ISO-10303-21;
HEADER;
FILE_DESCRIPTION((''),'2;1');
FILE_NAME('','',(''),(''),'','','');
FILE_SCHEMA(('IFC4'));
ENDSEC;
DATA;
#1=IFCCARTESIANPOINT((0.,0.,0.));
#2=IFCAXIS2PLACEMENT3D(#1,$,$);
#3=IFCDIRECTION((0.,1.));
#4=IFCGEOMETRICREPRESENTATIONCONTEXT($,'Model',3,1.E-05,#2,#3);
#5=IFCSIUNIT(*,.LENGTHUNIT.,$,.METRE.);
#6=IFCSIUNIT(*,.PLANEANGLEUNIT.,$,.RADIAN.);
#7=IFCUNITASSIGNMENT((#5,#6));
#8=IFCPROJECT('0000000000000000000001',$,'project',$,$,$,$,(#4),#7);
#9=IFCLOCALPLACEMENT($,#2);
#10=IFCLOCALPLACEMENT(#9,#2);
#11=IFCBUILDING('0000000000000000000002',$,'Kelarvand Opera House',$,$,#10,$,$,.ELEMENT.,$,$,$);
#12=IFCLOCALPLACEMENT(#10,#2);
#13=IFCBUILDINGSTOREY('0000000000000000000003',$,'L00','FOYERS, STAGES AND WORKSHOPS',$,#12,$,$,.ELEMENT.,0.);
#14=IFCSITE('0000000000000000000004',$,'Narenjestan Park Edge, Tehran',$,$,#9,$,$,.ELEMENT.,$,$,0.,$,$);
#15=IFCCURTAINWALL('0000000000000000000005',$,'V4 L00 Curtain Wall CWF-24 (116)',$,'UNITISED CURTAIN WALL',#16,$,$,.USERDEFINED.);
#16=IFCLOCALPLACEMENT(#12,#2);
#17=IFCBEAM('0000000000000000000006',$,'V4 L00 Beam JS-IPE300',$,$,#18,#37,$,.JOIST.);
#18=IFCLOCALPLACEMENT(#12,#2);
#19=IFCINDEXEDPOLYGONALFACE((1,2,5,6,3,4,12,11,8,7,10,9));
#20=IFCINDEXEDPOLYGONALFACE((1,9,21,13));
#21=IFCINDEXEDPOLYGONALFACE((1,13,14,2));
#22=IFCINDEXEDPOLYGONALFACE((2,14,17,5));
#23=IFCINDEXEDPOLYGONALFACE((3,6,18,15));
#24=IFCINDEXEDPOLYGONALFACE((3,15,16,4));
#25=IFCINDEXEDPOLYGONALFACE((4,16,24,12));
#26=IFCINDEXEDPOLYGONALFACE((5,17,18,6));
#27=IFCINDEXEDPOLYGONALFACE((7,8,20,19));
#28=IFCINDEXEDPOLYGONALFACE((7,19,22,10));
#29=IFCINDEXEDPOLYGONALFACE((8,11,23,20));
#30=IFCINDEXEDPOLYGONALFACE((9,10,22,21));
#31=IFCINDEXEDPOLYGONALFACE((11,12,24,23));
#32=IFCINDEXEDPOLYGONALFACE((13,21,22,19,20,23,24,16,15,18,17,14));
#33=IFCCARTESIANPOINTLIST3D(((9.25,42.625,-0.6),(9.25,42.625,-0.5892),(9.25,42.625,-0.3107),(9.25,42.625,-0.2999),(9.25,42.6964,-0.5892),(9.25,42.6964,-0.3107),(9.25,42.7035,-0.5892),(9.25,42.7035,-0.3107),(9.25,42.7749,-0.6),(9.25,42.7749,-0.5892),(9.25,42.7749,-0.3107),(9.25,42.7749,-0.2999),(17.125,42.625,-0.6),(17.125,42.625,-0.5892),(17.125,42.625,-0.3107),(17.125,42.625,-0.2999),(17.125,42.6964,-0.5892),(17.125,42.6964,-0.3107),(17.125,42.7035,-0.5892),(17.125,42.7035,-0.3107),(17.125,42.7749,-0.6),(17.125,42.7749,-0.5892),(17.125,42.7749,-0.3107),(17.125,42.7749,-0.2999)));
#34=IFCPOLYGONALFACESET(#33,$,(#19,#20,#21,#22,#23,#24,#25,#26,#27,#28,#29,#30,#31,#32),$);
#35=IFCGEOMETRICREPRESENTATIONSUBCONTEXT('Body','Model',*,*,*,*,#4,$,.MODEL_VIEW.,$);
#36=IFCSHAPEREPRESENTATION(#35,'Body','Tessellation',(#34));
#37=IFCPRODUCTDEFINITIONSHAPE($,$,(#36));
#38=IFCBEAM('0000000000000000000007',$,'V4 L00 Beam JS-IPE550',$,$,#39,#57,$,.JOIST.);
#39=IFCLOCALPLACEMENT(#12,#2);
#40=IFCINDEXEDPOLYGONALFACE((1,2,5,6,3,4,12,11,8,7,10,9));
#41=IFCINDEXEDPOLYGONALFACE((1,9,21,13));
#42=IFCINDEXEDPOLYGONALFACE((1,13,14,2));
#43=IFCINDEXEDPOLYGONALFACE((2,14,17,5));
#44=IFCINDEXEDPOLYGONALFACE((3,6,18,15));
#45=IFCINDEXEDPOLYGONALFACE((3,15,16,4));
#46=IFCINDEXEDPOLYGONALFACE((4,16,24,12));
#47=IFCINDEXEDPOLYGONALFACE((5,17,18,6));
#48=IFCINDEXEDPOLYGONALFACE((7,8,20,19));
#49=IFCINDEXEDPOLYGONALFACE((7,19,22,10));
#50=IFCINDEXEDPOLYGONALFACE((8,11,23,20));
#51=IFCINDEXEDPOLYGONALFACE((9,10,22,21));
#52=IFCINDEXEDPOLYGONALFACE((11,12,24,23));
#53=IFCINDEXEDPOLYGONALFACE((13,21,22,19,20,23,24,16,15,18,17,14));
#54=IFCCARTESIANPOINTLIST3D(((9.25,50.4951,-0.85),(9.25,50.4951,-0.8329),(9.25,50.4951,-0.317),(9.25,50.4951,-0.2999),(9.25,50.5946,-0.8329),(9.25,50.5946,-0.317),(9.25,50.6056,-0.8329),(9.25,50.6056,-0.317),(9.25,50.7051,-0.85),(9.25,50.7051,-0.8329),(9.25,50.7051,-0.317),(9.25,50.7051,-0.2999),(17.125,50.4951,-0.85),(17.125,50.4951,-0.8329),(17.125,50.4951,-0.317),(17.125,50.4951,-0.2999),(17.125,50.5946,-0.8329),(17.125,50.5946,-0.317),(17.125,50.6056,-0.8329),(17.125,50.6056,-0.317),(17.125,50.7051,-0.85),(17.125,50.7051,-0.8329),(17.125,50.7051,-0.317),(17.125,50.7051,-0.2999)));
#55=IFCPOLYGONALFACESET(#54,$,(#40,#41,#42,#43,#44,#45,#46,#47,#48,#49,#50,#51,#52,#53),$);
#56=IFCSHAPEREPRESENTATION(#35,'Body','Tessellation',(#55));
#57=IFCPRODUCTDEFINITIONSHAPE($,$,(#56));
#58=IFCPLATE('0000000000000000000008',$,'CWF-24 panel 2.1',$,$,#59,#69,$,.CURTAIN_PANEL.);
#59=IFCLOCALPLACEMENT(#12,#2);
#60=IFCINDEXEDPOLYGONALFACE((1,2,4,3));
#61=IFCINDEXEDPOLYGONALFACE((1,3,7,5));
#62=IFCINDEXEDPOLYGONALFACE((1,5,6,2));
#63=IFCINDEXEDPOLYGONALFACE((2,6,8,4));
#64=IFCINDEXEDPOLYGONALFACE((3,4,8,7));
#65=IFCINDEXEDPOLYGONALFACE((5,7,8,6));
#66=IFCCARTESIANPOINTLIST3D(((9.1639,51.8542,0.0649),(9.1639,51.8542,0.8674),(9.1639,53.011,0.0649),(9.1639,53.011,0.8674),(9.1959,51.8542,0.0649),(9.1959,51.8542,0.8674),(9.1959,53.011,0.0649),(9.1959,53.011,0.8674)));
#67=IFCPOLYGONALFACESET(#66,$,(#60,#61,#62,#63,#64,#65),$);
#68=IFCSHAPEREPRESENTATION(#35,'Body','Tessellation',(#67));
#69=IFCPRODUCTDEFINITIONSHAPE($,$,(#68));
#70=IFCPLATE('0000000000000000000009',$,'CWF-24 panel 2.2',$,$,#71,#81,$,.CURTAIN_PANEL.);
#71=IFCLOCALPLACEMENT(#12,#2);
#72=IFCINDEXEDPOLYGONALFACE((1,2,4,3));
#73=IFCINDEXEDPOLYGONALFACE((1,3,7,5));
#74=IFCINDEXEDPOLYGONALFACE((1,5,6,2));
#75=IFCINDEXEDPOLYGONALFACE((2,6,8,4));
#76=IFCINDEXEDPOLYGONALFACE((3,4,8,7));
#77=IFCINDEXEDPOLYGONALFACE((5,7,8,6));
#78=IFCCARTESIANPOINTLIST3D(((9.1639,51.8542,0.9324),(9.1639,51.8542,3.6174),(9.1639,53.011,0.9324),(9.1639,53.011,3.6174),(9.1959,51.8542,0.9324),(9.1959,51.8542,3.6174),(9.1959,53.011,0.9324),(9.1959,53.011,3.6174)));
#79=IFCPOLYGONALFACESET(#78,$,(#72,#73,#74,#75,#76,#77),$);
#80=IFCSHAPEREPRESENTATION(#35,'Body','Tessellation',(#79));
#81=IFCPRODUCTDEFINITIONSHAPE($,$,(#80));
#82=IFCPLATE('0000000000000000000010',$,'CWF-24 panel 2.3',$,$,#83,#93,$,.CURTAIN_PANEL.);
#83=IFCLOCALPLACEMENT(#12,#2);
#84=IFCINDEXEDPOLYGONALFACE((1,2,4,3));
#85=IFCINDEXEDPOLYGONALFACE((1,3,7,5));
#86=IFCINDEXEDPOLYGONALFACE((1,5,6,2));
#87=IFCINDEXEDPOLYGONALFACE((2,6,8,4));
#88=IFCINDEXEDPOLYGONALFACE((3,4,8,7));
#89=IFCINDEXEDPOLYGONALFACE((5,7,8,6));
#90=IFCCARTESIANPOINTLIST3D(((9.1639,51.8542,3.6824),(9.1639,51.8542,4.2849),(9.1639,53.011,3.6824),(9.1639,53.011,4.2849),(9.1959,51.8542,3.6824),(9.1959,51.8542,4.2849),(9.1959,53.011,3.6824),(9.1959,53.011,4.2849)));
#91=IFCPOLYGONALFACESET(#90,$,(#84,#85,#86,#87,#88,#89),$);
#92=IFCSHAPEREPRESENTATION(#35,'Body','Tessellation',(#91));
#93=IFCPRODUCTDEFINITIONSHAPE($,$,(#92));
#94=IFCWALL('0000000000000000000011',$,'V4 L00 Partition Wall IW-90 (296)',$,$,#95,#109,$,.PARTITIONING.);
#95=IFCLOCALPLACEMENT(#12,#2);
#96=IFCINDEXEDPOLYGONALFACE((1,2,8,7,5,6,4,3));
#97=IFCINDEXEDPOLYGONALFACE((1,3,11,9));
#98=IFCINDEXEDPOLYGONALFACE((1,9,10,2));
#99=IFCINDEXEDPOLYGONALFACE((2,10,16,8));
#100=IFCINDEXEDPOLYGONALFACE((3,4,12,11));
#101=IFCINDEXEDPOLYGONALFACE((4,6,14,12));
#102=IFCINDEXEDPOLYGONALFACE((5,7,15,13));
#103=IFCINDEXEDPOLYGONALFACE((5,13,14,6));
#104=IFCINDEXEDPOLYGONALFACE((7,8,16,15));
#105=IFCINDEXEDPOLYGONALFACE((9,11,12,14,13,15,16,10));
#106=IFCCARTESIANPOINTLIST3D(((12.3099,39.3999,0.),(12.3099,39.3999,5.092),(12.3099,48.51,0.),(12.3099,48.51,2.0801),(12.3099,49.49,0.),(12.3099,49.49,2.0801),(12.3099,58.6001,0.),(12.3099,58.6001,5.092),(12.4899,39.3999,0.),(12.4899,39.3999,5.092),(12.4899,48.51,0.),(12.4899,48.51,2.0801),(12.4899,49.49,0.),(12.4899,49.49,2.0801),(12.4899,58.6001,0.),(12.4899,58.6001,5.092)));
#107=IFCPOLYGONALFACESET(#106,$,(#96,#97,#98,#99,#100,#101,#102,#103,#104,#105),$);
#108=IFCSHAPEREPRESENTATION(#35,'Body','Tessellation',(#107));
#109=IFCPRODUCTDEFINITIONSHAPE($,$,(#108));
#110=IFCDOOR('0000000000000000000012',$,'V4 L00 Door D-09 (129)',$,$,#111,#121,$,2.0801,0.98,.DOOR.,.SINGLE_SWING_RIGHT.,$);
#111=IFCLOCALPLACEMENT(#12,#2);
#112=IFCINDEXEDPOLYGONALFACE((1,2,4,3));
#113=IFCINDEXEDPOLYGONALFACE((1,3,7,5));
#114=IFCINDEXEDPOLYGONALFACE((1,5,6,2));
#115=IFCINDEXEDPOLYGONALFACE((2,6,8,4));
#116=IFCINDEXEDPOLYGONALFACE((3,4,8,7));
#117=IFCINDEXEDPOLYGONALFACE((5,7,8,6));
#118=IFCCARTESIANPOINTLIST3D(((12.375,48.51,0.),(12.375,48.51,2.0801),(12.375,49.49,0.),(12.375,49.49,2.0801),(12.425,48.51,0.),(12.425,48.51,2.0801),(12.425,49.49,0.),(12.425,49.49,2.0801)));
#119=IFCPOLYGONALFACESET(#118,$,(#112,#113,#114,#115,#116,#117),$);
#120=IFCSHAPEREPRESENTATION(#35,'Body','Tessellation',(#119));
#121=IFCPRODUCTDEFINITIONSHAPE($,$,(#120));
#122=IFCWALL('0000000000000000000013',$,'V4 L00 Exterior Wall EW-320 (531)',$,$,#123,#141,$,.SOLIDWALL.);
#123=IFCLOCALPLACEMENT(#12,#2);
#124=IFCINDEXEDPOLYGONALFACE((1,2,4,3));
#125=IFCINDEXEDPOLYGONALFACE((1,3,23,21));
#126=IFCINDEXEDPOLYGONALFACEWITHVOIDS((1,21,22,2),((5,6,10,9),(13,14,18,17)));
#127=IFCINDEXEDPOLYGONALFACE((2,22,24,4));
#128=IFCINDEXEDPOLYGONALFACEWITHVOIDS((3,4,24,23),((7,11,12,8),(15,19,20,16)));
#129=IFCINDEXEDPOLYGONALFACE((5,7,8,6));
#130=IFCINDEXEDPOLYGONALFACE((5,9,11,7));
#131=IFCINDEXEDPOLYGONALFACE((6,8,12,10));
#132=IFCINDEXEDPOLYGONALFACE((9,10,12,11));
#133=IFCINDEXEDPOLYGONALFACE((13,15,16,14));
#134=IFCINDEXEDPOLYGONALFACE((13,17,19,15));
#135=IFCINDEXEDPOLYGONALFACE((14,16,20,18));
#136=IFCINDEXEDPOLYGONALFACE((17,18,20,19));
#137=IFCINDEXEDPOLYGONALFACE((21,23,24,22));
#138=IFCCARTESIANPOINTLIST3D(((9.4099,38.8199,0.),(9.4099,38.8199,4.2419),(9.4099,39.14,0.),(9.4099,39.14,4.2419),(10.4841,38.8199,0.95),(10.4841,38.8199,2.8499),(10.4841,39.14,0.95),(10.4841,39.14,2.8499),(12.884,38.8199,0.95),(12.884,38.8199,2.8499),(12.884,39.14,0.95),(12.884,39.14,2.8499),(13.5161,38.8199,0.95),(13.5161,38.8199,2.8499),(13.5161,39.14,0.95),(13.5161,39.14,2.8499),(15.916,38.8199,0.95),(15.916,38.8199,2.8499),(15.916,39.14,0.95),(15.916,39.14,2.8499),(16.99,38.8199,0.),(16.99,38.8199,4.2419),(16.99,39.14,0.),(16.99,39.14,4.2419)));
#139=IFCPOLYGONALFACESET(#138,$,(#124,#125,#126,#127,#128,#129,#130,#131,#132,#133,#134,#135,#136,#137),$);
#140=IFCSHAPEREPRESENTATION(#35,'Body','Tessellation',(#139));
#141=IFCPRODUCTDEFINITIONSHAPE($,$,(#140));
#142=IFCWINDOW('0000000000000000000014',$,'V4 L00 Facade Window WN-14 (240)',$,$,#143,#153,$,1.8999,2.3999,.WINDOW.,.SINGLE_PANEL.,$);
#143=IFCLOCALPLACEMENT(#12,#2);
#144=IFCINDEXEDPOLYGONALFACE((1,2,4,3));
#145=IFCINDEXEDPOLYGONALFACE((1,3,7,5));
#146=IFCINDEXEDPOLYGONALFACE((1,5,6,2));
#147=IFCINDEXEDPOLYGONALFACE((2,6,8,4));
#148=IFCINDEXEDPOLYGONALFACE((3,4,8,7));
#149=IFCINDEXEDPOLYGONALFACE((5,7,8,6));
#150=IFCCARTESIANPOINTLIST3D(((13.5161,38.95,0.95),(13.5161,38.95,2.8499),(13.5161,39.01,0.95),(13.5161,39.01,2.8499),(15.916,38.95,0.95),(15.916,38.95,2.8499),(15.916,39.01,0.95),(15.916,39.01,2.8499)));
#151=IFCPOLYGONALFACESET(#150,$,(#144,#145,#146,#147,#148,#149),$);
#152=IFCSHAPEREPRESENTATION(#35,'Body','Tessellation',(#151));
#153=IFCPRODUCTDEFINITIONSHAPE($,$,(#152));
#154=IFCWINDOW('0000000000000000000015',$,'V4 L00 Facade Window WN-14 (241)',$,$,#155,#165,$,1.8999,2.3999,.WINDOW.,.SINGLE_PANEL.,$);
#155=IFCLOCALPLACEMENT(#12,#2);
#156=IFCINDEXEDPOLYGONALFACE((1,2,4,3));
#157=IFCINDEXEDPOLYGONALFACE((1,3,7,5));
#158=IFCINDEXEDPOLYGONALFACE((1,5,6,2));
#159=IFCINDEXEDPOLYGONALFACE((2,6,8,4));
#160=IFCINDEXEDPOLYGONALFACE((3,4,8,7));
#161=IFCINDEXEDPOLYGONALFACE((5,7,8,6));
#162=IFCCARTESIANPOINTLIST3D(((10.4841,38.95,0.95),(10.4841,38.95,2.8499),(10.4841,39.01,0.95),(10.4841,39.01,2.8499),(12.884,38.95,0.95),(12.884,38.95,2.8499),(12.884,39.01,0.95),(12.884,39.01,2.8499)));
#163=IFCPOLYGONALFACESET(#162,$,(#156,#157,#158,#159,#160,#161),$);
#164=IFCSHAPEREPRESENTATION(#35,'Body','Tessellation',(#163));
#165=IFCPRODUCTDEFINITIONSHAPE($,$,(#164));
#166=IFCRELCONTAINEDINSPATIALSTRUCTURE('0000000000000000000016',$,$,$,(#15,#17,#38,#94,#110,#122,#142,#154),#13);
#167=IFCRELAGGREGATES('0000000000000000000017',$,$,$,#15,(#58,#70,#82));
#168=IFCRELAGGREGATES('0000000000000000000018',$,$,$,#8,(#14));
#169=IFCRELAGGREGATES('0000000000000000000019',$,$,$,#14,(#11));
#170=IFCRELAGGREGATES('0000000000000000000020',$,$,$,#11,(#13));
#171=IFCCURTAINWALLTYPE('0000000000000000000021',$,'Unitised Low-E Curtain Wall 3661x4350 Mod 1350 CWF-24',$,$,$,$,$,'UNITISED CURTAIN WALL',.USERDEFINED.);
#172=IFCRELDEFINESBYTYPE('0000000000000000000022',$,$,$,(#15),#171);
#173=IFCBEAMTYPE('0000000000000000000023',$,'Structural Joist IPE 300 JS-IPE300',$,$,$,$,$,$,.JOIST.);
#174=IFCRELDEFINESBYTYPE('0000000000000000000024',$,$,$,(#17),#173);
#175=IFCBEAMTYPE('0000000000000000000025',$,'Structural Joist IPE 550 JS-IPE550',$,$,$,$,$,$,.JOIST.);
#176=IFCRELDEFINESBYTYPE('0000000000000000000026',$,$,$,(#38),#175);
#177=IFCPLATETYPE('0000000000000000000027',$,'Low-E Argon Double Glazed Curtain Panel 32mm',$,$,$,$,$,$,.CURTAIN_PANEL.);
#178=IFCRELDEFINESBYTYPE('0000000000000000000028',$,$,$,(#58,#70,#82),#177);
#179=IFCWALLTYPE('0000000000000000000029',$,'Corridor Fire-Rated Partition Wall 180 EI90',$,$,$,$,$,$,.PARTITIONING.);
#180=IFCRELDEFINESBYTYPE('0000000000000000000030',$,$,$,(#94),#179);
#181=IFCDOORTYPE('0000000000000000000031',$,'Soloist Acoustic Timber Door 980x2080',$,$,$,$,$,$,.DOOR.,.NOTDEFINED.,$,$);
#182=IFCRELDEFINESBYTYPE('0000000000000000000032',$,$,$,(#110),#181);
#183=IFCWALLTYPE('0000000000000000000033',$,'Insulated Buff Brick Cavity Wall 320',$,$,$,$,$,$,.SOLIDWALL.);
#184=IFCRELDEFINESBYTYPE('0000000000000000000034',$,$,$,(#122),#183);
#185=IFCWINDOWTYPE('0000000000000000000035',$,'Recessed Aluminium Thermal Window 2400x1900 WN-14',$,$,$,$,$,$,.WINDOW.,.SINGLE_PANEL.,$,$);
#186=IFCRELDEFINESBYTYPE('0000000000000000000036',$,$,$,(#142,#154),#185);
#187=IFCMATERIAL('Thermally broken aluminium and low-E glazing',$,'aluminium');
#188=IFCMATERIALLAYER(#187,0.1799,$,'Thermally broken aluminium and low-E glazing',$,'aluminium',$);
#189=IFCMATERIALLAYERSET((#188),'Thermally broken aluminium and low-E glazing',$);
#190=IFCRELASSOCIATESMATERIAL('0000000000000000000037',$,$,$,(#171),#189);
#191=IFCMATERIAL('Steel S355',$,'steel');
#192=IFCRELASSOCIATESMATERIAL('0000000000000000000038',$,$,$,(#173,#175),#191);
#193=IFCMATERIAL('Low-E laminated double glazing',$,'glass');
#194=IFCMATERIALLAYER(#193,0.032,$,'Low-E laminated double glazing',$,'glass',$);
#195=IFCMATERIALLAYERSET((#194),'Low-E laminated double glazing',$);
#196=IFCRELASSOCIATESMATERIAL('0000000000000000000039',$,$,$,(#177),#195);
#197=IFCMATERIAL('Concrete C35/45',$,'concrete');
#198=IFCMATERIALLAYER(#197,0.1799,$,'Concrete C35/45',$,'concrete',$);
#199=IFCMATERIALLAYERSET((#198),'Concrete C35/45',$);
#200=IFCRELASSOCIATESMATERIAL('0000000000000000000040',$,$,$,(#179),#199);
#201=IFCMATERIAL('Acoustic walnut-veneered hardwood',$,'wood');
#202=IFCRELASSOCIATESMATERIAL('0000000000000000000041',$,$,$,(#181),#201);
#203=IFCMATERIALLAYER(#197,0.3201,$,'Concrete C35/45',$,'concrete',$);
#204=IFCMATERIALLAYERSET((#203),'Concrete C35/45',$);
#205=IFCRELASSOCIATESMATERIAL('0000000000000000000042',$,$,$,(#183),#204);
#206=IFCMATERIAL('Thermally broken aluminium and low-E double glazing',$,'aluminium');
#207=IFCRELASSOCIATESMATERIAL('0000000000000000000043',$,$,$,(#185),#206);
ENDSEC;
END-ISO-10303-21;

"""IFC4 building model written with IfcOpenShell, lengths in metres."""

from ifc_helpers import new_model, si_unit, direction, frame, frame_2d, origin, origin_2d, place, context, subcontext, project, spatial, rectangle, i_section, extrude, material, layer, layer_set, material_profile, profile_set, type_object, element, fill, aggregate, save


model = new_model("IFC4")

# Units and contexts
model_context = context("Model", 3, precision=1e-05, world=origin(), true_north=direction((0.0, 1.0)))
body_context = subcontext(model_context, "Body", "Model", "MODEL_VIEW")
ifc_project = project(units=[si_unit("LENGTHUNIT", "METRE"), si_unit("PLANEANGLEUNIT", "RADIAN")], contexts=[model_context])

# Site, building, storey
site_placement = place(None, origin())
site = spatial("IfcSite", under=ifc_project, at=site_placement, Name="Narenjestan Park Edge, Tehran", CompositionType="ELEMENT", RefElevation=0.0)
building_placement = place(site_placement, origin())
building = spatial("IfcBuilding", under=site, at=building_placement, Name="Kelarvand Opera House", CompositionType="ELEMENT")
storey_placement = place(building_placement, origin())
storey = spatial("IfcBuildingStorey", under=building, at=storey_placement, Name="L00", Description="FOYERS, STAGES AND WORKSHOPS", CompositionType="ELEMENT", Elevation=0.0)

# Curtain wall
ifc_material_1 = material(Name="Thermally broken aluminium and low-E glazing", Category="aluminium")
ifc_layer_1 = layer(ifc_material_1, 0.1799, Name="Thermally broken aluminium and low-E glazing", Category="aluminium")
ifc_layer_set_1 = layer_set([ifc_layer_1], Name="Thermally broken aluminium and low-E glazing")
curtain_wall_type = type_object("IfcCurtainWallType", Name="Unitised Low-E Curtain Wall 3661x4350 Mod 1350 CWF-24", ElementType="UNITISED CURTAIN WALL", PredefinedType="USERDEFINED", material=ifc_layer_set_1)
curtain_wall_placement = place(storey_placement, origin())
curtain_wall = element("IfcCurtainWall", 1, at=curtain_wall_placement, inside=storey, type_object=curtain_wall_type, Name="V4 L00 Curtain Wall CWF-24 (116)", ObjectType="UNITISED CURTAIN WALL", PredefinedType="USERDEFINED")

# Beams
ifc_material_2 = material(Name="Steel S355", Category="steel")
ifc_material_profile_1 = material_profile(ifc_material_2, i_section(OverallWidth=0.1499, OverallDepth=0.3, WebThickness=0.0071, FlangeThickness=0.0107, at=origin_2d()), Name="IPE 300", Category="steel")
ifc_profile_set_1 = profile_set([ifc_material_profile_1], Name="Steel S355")
beam_type_1 = type_object("IfcBeamType", Name="Structural Joist IPE 300 JS-IPE300", PredefinedType="JOIST", material=ifc_profile_set_1)
beam_1_placement = place(storey_placement, frame((9.25, 42.7, -0.45), z_axis=(1.0, 0.0, 0.0), x_axis=(0.0, 1.0, 0.0)))
element("IfcBeam", 2, at=beam_1_placement, inside=storey, type_object=beam_type_1, Name="V4 L00 Beam JS-IPE300", PredefinedType="JOIST", context=body_context, shape_type="SweptSolid", body=[
    extrude(i_section(OverallWidth=0.1499, OverallDepth=0.3, WebThickness=0.0071, FlangeThickness=0.0107, at=origin_2d()), origin(), (0.0, 0.0, 1.0), 7.875),
])
ifc_material_profile_2 = material_profile(ifc_material_2, i_section(OverallWidth=0.21, OverallDepth=0.55, WebThickness=0.011, FlangeThickness=0.0171, at=origin_2d()), Name="IPE 550", Category="steel")
ifc_profile_set_2 = profile_set([ifc_material_profile_2], Name="Steel S355")
beam_type_2 = type_object("IfcBeamType", Name="Structural Joist IPE 550 JS-IPE550", PredefinedType="JOIST", material=ifc_profile_set_2)
beam_2_placement = place(storey_placement, frame((9.25, 50.6001, -0.575), z_axis=(1.0, 0.0, 0.0), x_axis=(0.0, 1.0, 0.0)))
element("IfcBeam", 3, at=beam_2_placement, inside=storey, type_object=beam_type_2, Name="V4 L00 Beam JS-IPE550", PredefinedType="JOIST", context=body_context, shape_type="SweptSolid", body=[
    extrude(i_section(OverallWidth=0.21, OverallDepth=0.55, WebThickness=0.011, FlangeThickness=0.0171, at=origin_2d()), origin(), (0.0, 0.0, 1.0), 7.875),
])

# Plates
ifc_material_3 = material(Name="Low-E laminated double glazing", Category="glass")
ifc_layer_2 = layer(ifc_material_3, 0.032, Name="Low-E laminated double glazing", Category="glass")
ifc_layer_set_2 = layer_set([ifc_layer_2], Name="Low-E laminated double glazing")
plate_type = type_object("IfcPlateType", Name="Low-E Argon Double Glazed Curtain Panel 32mm", PredefinedType="CURTAIN_PANEL", material=ifc_layer_set_2)
plate_1_placement = place(storey_placement, frame((9.1799, 52.4326, 0.0649), z_axis=(0.0, 0.0, 1.0), x_axis=(0.0, 1.0, 0.0)))
plate_1 = element("IfcPlate", 4, at=plate_1_placement, type_object=plate_type, Name="CWF-24 panel 2.1", PredefinedType="CURTAIN_PANEL", context=body_context, shape_type="SweptSolid", body=[
    extrude(rectangle(XDim=1.1567, YDim=0.032, at=origin_2d()), origin(), (0.0, 0.0, 1.0), 0.8025),
])
plate_2_placement = place(storey_placement, frame((9.1799, 52.4326, 0.9324), z_axis=(0.0, 0.0, 1.0), x_axis=(0.0, 1.0, 0.0)))
plate_2 = element("IfcPlate", 5, at=plate_2_placement, type_object=plate_type, Name="CWF-24 panel 2.2", PredefinedType="CURTAIN_PANEL", context=body_context, shape_type="SweptSolid", body=[
    extrude(rectangle(XDim=1.1567, YDim=0.032, at=origin_2d()), origin(), (0.0, 0.0, 1.0), 2.6851),
])
plate_3_placement = place(storey_placement, frame((9.1799, 52.4326, 3.6824), z_axis=(0.0, 0.0, 1.0), x_axis=(0.0, 1.0, 0.0)))
plate_3 = element("IfcPlate", 6, at=plate_3_placement, type_object=plate_type, Name="CWF-24 panel 2.3", PredefinedType="CURTAIN_PANEL", context=body_context, shape_type="SweptSolid", body=[
    extrude(rectangle(XDim=1.1567, YDim=0.032, at=origin_2d()), origin(), (0.0, 0.0, 1.0), 0.6025),
])
aggregate(curtain_wall, [plate_1, plate_2, plate_3])

# Wall, opening, door
ifc_material_4 = material(Name="Concrete C35/45", Category="concrete")
ifc_layer_3 = layer(ifc_material_4, 0.1799, Name="Concrete C35/45", Category="concrete")
ifc_layer_set_3 = layer_set([ifc_layer_3], Name="Concrete C35/45")
wall_type_1 = type_object("IfcWallType", Name="Corridor Fire-Rated Partition Wall 180 EI90", PredefinedType="PARTITIONING", material=ifc_layer_set_3)
wall_1_placement = place(storey_placement, frame((12.3999, 39.3999, 0.0), z_axis=(0.0, 0.0, 1.0), x_axis=(0.0, 1.0, 0.0)))
wall_1 = element("IfcWall", 7, at=wall_1_placement, inside=storey, type_object=wall_type_1, Name="V4 L00 Partition Wall IW-90 (296)", PredefinedType="PARTITIONING", context=body_context, shape_type="SweptSolid", body=[
    extrude(rectangle(XDim=19.2002, YDim=0.1799, at=frame_2d((9.6001, 0.0))), origin(), (0.0, 0.0, 1.0), 5.092),
])
opening_1_placement = place(wall_1_placement, frame((9.1101, 0.0, 0.0)))
opening_1 = element("IfcOpeningElement", 8, at=opening_1_placement, cuts=wall_1, PredefinedType="OPENING", context=body_context, shape_type="SweptSolid", body=[
    extrude(rectangle(XDim=0.98, YDim=2.0801, at=frame_2d((0.49, 1.04))), frame((0.0, 0.1001, 0.0), z_axis=(0.0, -1.0, 0.0), x_axis=(1.0, 0.0, 0.0)), (0.0, 0.0, 1.0), 0.2),
])
ifc_material_5 = material(Name="Acoustic walnut-veneered hardwood", Category="wood")
door_type = type_object("IfcDoorType", Name="Soloist Acoustic Timber Door 980x2080", OperationType="NOTDEFINED", PredefinedType="DOOR", material=ifc_material_5)
door_placement = place(opening_1_placement, origin())
door = element("IfcDoor", 9, at=door_placement, inside=storey, type_object=door_type, Name="V4 L00 Door D-09 (129)", OperationType="SINGLE_SWING_RIGHT", OverallHeight=2.0801, OverallWidth=0.98, PredefinedType="DOOR", context=body_context, shape_type="SweptSolid", body=[
    extrude(rectangle(XDim=0.98, YDim=2.0801, at=frame_2d((0.49, 1.04))), frame((0.0, 0.0249, 0.0), z_axis=(0.0, -1.0, 0.0), x_axis=(1.0, 0.0, 0.0)), (0.0, 0.0, 1.0), 0.05),
])
fill(opening_1, door)

# Wall, openings, windows
ifc_layer_4 = layer(ifc_material_4, 0.3201, Name="Concrete C35/45", Category="concrete")
ifc_layer_set_4 = layer_set([ifc_layer_4], Name="Concrete C35/45")
wall_type_2 = type_object("IfcWallType", Name="Insulated Buff Brick Cavity Wall 320", PredefinedType="SOLIDWALL", material=ifc_layer_set_4)
wall_2_placement = place(storey_placement, frame((16.99, 38.98, 0.0), z_axis=(0.0, 0.0, 1.0), x_axis=(-1.0, 0.0, 0.0)))
wall_2 = element("IfcWall", 10, at=wall_2_placement, inside=storey, type_object=wall_type_2, Name="V4 L00 Exterior Wall EW-320 (531)", PredefinedType="SOLIDWALL", context=body_context, shape_type="SweptSolid", body=[
    extrude(rectangle(XDim=7.5801, YDim=0.3201, at=frame_2d((3.79, 0.0))), origin(), (0.0, 0.0, 1.0), 4.2419),
])
opening_2_placement = place(wall_2_placement, frame((1.074, 0.0, 0.95)))
opening_2 = element("IfcOpeningElement", 11, at=opening_2_placement, cuts=wall_2, PredefinedType="OPENING", context=body_context, shape_type="SweptSolid", body=[
    extrude(rectangle(XDim=2.3999, YDim=1.8999, at=frame_2d((1.2, 0.95))), frame((0.0, 0.1699, 0.0), z_axis=(0.0, -1.0, 0.0), x_axis=(1.0, 0.0, 0.0)), (0.0, 0.0, 1.0), 0.3401),
])
opening_3_placement = place(wall_2_placement, frame((4.106, 0.0, 0.95)))
opening_3 = element("IfcOpeningElement", 12, at=opening_3_placement, cuts=wall_2, PredefinedType="OPENING", context=body_context, shape_type="SweptSolid", body=[
    extrude(rectangle(XDim=2.3999, YDim=1.8999, at=frame_2d((1.2, 0.95))), frame((0.0, 0.1699, 0.0), z_axis=(0.0, -1.0, 0.0), x_axis=(1.0, 0.0, 0.0)), (0.0, 0.0, 1.0), 0.3401),
])
ifc_material_6 = material(Name="Thermally broken aluminium and low-E double glazing", Category="aluminium")
window_type = type_object("IfcWindowType", Name="Recessed Aluminium Thermal Window 2400x1900 WN-14", PartitioningType="SINGLE_PANEL", PredefinedType="WINDOW", material=ifc_material_6)
window_1_placement = place(opening_2_placement, origin())
window_1 = element("IfcWindow", 13, at=window_1_placement, inside=storey, type_object=window_type, Name="V4 L00 Facade Window WN-14 (240)", OverallHeight=1.8999, OverallWidth=2.3999, PartitioningType="SINGLE_PANEL", PredefinedType="WINDOW", context=body_context, shape_type="SweptSolid", body=[
    extrude(rectangle(XDim=2.3999, YDim=1.8999, at=frame_2d((1.2, 0.95))), frame((0.0, 0.03, 0.0), z_axis=(0.0, -1.0, 0.0), x_axis=(1.0, 0.0, 0.0)), (0.0, 0.0, 1.0), 0.0601),
])
fill(opening_2, window_1)
window_2_placement = place(opening_3_placement, origin())
window_2 = element("IfcWindow", 14, at=window_2_placement, inside=storey, type_object=window_type, Name="V4 L00 Facade Window WN-14 (241)", OverallHeight=1.8999, OverallWidth=2.3999, PartitioningType="SINGLE_PANEL", PredefinedType="WINDOW", context=body_context, shape_type="SweptSolid", body=[
    extrude(rectangle(XDim=2.3999, YDim=1.8999, at=frame_2d((1.2, 0.95))), frame((0.0, 0.03, 0.0), z_axis=(0.0, -1.0, 0.0), x_axis=(1.0, 0.0, 0.0)), (0.0, 0.0, 1.0), 0.0601),
])
fill(opening_3, window_2)

save(model, "model.ifc")
